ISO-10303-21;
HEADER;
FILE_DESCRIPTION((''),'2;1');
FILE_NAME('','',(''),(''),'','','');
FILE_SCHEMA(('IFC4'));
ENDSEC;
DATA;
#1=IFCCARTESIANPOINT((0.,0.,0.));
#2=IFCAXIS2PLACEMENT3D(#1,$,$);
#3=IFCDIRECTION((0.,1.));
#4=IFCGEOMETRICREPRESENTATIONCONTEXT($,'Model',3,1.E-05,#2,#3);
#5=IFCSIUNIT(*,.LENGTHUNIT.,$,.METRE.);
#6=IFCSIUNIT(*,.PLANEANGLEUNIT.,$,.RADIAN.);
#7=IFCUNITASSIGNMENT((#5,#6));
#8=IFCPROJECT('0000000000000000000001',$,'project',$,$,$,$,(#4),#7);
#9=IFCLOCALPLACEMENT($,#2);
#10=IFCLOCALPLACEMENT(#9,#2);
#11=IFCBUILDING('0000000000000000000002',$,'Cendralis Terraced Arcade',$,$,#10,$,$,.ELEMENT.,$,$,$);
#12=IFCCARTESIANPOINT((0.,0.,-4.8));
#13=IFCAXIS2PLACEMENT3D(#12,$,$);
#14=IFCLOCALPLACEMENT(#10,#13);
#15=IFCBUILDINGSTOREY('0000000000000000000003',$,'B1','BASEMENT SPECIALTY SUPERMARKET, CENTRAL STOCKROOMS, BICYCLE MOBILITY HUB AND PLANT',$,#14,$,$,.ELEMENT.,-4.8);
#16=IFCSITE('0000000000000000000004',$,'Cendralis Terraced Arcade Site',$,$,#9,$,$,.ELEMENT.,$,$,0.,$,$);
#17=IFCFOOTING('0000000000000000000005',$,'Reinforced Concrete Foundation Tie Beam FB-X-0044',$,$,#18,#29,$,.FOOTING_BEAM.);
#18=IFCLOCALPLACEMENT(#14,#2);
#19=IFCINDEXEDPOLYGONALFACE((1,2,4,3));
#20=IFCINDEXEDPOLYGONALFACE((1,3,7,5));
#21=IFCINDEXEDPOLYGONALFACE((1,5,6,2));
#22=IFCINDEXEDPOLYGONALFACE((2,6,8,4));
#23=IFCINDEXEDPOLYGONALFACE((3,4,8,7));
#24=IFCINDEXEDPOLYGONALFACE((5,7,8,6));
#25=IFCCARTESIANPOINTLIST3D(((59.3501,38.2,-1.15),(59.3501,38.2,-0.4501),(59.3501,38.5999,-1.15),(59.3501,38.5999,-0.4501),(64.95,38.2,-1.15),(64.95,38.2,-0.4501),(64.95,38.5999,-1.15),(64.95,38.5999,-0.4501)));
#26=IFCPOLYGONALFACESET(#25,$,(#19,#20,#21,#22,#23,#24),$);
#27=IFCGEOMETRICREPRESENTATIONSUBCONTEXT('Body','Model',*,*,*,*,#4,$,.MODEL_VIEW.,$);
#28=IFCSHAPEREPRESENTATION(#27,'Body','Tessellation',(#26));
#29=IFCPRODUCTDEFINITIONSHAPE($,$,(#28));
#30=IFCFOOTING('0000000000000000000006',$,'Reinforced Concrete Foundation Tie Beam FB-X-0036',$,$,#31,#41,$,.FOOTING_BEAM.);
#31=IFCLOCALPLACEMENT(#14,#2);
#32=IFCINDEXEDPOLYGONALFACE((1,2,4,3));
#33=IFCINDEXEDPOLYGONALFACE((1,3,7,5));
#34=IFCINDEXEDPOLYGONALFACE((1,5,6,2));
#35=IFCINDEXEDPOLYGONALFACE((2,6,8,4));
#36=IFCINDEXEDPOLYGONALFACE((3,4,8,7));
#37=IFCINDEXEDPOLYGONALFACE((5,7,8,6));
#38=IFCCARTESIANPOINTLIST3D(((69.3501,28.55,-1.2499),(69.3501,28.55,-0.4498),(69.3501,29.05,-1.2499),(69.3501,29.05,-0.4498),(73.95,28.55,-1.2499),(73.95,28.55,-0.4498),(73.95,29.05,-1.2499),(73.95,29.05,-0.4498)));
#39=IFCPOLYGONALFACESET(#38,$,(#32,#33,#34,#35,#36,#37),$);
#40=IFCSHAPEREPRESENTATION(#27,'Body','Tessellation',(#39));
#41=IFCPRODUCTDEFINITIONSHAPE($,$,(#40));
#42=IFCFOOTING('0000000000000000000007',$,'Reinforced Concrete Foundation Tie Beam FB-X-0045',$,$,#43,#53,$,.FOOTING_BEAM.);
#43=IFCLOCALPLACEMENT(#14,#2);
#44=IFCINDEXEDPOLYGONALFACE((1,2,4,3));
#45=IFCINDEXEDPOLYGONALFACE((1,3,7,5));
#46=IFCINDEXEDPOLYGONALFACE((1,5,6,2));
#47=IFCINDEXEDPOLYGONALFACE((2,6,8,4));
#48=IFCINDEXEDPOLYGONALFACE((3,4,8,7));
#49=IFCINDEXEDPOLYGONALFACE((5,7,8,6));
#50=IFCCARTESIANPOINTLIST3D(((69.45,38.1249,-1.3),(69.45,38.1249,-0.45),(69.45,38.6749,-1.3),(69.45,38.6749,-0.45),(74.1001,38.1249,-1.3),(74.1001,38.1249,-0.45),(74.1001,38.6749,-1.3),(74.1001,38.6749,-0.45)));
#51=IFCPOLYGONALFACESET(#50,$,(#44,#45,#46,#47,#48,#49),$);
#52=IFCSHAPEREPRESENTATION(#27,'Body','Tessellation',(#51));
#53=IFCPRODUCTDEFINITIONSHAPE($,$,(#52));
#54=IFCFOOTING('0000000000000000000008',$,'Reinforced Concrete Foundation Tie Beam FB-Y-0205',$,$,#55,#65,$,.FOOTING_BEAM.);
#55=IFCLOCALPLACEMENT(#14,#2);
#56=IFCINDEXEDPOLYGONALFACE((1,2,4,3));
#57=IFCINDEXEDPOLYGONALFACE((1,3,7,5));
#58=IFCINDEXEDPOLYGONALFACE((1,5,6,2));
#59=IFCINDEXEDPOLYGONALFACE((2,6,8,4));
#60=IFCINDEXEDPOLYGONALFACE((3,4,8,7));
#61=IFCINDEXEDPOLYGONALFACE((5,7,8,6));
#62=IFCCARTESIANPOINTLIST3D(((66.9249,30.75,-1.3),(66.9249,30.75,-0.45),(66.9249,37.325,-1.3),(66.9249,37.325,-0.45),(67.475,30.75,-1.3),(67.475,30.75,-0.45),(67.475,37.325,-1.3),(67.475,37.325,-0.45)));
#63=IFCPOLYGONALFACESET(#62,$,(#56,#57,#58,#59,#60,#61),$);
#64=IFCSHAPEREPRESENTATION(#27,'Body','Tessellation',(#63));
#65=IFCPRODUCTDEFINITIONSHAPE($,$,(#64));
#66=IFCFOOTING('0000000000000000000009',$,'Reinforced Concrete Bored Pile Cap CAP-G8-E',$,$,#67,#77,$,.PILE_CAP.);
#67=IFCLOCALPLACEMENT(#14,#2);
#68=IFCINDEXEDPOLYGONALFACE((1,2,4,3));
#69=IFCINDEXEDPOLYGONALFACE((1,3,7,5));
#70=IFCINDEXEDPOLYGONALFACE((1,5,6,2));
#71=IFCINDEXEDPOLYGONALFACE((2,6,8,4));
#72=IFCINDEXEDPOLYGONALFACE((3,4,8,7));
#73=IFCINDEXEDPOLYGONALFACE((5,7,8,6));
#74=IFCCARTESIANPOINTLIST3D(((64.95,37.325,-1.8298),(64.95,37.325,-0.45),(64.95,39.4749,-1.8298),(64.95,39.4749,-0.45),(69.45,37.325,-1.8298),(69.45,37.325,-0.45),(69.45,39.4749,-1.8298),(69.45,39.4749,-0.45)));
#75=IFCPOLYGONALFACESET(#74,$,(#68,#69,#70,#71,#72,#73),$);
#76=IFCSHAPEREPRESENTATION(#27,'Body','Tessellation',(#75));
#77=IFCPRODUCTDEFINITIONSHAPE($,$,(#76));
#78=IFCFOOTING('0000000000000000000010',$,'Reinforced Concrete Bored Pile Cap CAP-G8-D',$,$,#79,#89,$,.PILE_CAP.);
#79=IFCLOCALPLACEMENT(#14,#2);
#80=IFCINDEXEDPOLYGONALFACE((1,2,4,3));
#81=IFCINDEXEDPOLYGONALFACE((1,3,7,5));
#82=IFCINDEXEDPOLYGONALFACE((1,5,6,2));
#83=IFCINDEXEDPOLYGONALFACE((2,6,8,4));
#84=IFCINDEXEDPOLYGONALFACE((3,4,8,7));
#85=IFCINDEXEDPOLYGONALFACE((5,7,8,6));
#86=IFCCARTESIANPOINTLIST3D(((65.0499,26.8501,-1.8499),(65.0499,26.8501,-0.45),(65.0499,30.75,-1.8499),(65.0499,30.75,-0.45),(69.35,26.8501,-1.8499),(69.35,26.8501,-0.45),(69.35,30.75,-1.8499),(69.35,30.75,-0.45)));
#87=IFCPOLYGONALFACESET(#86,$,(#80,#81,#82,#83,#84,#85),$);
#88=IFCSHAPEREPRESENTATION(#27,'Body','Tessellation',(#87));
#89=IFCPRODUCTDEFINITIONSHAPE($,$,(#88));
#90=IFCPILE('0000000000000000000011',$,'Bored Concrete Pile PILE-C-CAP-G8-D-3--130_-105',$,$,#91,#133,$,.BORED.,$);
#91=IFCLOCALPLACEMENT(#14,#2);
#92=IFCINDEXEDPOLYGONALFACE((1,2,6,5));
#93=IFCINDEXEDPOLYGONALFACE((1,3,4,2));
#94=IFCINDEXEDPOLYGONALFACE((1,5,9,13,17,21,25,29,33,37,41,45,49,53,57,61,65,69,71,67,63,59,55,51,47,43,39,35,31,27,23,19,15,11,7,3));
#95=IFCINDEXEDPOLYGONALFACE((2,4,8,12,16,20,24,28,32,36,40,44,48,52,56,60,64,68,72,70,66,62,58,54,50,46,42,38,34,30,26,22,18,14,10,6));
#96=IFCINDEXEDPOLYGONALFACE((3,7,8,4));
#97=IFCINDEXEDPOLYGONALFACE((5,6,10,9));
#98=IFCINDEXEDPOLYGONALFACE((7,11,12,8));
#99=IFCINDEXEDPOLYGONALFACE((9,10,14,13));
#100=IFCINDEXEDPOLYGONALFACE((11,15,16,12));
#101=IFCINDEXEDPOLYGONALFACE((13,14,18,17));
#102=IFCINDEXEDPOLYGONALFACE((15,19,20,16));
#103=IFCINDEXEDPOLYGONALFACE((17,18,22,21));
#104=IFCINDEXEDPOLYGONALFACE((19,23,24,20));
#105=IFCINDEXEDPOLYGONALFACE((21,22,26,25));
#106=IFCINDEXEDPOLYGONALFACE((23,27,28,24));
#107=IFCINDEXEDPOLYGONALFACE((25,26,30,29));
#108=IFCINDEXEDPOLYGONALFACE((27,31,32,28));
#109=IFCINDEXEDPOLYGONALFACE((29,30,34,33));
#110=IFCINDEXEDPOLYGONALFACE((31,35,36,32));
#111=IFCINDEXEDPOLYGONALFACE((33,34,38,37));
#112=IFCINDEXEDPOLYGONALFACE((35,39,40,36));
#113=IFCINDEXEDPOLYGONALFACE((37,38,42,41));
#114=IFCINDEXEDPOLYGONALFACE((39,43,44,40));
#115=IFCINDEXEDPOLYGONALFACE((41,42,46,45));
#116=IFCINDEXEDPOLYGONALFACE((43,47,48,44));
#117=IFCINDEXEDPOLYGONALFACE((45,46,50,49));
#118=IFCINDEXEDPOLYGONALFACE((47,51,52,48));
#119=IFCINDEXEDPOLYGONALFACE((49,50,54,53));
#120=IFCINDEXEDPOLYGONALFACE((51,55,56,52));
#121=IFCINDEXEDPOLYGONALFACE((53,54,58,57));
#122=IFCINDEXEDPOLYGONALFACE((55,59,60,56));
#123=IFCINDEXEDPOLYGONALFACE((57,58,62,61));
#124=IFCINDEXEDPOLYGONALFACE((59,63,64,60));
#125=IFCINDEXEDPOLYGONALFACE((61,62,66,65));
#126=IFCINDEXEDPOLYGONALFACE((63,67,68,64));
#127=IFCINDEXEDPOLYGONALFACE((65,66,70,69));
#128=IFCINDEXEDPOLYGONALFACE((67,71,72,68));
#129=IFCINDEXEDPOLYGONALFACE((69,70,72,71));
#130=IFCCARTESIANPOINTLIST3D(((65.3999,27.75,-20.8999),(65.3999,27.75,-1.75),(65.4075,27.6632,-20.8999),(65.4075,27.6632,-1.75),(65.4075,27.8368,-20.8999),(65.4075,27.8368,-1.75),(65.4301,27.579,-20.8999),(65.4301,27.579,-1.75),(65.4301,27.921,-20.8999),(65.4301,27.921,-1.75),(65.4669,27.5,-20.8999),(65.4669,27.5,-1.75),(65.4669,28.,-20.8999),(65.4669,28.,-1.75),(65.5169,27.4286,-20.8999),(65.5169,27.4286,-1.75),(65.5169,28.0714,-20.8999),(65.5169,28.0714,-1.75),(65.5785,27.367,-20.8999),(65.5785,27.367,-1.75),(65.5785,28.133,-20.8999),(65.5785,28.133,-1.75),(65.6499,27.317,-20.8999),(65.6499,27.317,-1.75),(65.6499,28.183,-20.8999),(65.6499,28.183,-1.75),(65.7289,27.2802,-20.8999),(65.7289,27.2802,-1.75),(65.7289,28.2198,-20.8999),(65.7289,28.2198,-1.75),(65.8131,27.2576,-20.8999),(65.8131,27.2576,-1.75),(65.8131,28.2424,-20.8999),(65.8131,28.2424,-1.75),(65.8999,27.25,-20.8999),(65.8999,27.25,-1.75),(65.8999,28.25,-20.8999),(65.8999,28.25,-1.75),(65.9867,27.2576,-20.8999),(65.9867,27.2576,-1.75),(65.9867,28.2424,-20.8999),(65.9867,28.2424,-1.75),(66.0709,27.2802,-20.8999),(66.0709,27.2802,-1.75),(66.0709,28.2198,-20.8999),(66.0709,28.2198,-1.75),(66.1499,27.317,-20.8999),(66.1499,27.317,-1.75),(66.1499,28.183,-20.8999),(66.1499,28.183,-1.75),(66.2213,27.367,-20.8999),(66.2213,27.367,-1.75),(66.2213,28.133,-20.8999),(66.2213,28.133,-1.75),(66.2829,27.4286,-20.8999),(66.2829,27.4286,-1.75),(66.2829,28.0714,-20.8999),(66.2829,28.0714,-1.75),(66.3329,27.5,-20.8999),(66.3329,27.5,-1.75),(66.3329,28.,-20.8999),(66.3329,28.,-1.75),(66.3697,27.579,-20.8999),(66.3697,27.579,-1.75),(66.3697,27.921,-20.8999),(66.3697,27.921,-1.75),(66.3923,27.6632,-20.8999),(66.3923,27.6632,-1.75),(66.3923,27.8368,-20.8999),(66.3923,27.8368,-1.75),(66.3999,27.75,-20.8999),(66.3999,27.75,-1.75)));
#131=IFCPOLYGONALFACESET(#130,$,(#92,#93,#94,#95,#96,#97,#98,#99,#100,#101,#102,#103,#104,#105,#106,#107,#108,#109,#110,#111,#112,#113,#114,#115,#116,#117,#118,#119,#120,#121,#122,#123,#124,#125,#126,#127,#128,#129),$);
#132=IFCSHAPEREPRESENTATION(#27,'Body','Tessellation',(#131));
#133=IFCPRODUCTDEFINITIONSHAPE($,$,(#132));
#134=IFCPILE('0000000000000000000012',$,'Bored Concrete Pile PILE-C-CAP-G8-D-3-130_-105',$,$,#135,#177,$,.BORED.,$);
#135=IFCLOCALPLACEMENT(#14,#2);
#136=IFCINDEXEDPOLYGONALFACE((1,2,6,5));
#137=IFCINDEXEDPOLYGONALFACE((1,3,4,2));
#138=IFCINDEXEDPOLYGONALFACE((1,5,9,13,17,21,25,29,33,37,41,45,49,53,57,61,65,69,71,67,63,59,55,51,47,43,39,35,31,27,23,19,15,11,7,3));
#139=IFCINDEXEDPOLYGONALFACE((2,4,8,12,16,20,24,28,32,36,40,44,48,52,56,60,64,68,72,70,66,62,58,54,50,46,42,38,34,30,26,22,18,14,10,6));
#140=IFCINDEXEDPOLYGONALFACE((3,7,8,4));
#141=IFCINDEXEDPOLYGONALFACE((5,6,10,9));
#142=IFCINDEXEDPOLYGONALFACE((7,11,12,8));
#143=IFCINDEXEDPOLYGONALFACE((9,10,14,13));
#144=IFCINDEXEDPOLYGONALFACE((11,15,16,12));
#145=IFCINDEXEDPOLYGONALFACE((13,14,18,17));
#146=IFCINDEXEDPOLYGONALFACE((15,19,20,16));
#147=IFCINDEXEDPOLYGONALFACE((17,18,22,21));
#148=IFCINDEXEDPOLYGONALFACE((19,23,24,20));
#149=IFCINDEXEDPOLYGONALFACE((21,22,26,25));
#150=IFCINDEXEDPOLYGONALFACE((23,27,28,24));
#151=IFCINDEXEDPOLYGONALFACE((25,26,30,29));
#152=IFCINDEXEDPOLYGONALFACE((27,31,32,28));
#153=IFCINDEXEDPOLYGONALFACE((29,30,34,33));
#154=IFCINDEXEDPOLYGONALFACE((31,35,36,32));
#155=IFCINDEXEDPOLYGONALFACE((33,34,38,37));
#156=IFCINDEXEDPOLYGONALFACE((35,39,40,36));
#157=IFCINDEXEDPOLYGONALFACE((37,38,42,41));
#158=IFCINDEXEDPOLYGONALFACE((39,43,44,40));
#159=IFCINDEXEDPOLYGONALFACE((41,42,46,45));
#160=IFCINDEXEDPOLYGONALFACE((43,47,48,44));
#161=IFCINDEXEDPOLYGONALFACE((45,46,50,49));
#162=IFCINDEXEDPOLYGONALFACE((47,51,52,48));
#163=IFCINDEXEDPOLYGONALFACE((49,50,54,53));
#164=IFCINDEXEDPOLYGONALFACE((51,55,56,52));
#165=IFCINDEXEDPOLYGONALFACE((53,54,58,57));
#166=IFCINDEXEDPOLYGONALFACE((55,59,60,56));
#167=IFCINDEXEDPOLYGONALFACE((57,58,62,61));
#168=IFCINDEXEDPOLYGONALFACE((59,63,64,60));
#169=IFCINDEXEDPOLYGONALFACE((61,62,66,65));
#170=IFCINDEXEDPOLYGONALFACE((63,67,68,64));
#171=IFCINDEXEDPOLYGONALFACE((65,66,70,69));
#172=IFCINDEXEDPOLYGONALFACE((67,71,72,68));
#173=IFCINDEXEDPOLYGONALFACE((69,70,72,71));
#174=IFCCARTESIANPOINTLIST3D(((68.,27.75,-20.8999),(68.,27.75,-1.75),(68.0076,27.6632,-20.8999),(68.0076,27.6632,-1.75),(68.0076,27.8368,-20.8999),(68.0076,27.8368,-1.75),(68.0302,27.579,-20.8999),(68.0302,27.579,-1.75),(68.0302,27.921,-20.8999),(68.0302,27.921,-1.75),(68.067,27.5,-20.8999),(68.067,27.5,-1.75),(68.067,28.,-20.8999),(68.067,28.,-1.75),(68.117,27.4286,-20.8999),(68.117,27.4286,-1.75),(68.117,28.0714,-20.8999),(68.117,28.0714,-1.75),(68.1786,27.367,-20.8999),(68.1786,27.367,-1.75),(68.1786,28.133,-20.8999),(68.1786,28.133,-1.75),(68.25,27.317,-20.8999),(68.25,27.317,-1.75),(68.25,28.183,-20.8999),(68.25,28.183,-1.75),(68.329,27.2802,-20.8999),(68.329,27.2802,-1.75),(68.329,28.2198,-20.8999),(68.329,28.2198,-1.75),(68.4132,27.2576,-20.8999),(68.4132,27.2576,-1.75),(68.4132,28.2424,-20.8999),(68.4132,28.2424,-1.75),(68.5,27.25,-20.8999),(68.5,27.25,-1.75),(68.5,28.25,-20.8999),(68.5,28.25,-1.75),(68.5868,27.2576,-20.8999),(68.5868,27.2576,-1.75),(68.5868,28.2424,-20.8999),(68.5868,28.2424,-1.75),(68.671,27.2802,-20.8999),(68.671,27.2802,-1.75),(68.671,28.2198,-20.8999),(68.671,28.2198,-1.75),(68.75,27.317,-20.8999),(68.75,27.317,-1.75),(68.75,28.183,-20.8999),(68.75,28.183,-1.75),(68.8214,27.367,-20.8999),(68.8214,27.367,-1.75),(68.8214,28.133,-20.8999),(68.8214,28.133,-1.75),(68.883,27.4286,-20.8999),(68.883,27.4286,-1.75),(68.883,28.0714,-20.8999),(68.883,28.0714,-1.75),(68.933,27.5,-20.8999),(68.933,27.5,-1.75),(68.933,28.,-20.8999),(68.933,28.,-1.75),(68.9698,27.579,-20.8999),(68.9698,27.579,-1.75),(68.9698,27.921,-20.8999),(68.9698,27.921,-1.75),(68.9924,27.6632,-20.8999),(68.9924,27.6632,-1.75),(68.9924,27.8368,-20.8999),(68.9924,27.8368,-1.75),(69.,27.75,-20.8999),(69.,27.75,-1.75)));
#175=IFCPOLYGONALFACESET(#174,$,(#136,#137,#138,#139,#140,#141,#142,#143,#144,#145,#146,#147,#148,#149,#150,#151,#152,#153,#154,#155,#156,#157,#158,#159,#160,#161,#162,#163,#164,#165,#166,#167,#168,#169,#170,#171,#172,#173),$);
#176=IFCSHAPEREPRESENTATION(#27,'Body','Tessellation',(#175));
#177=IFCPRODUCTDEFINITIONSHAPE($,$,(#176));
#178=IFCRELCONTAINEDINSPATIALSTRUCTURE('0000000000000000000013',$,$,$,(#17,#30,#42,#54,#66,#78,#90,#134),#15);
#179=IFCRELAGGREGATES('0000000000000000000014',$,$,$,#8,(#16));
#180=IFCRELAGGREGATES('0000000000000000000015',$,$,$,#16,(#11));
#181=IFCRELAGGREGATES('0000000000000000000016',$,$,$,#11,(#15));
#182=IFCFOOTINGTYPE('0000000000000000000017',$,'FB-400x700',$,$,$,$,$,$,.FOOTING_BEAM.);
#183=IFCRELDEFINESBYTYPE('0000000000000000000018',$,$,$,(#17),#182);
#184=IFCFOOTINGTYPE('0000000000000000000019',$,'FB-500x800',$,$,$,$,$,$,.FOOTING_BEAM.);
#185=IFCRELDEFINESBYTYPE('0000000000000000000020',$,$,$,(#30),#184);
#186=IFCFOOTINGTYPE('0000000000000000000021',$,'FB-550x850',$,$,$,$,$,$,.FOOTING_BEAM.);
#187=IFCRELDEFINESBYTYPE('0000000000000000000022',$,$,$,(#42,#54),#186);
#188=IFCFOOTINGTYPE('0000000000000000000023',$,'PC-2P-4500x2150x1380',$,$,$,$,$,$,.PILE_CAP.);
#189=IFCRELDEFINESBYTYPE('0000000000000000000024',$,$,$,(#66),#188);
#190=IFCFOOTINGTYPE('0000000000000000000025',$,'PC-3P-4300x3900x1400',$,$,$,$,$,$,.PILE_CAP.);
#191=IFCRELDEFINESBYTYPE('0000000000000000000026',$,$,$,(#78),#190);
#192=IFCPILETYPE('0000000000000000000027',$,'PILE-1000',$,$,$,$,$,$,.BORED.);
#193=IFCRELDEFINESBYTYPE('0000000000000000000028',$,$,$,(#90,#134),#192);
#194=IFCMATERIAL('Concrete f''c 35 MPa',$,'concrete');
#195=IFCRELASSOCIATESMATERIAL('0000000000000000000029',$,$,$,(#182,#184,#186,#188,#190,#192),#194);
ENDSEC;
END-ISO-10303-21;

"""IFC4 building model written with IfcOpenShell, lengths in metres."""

from ifc_helpers import new_model, si_unit, direction, frame, origin, origin_2d, place, context, subcontext, project, spatial, rectangle, circle, extrude, material, material_profile, profile_set, type_object, element, save


model = new_model("IFC4")

# Units and contexts
model_context = context("Model", 3, precision=1e-05, world=origin(), true_north=direction((0.0, 1.0)))
body_context = subcontext(model_context, "Body", "Model", "MODEL_VIEW")
ifc_project = project(units=[si_unit("LENGTHUNIT", "METRE"), si_unit("PLANEANGLEUNIT", "RADIAN")], contexts=[model_context])

# Site, building, storey
site_placement = place(None, origin())
site = spatial("IfcSite", under=ifc_project, at=site_placement, Name="Cendralis Terraced Arcade Site", CompositionType="ELEMENT", RefElevation=0.0)
building_placement = place(site_placement, origin())
building = spatial("IfcBuilding", under=site, at=building_placement, Name="Cendralis Terraced Arcade", CompositionType="ELEMENT")
storey_placement = place(building_placement, frame((0.0, 0.0, -4.8)))
storey = spatial("IfcBuildingStorey", under=building, at=storey_placement, Name="B1", Description="BASEMENT SPECIALTY SUPERMARKET, CENTRAL STOCKROOMS, BICYCLE MOBILITY HUB AND PLANT", CompositionType="ELEMENT", Elevation=-4.8)

# Footings
ifc_material_1 = material(Name="Concrete f'c 35 MPa", Category="concrete")
ifc_material_profile_1 = material_profile(ifc_material_1, rectangle(XDim=0.3999, YDim=0.7, at=origin_2d()), Name="FB-400x700", Category="LoadBearing")
ifc_profile_set_1 = profile_set([ifc_material_profile_1], Name="Concrete f'c 35 MPa")
footing_type_1 = type_object("IfcFootingType", Name="FB-400x700", PredefinedType="FOOTING_BEAM", material=ifc_profile_set_1)
footing_1_placement = place(storey_placement, frame((59.3501, 38.3999, -0.8), z_axis=(1.0, 0.0, 0.0), x_axis=(0.0, 1.0, 0.0)))
element("IfcFooting", 1, at=footing_1_placement, inside=storey, type_object=footing_type_1, Name="Reinforced Concrete Foundation Tie Beam FB-X-0044", PredefinedType="FOOTING_BEAM", context=body_context, shape_type="SweptSolid", body=[
    extrude(rectangle(XDim=0.3999, YDim=0.7, at=origin_2d()), origin(), (0.0, 0.0, 1.0), 5.5999),
])
ifc_material_profile_2 = material_profile(ifc_material_1, rectangle(XDim=0.5, YDim=0.8, at=origin_2d()), Name="FB-500x800", Category="LoadBearing")
ifc_profile_set_2 = profile_set([ifc_material_profile_2], Name="Concrete f'c 35 MPa")
footing_type_2 = type_object("IfcFootingType", Name="FB-500x800", PredefinedType="FOOTING_BEAM", material=ifc_profile_set_2)
footing_2_placement = place(storey_placement, frame((69.3501, 28.8, -0.8499), z_axis=(1.0, 0.0, 0.0), x_axis=(0.0, 1.0, 0.0)))
element("IfcFooting", 2, at=footing_2_placement, inside=storey, type_object=footing_type_2, Name="Reinforced Concrete Foundation Tie Beam FB-X-0036", PredefinedType="FOOTING_BEAM", context=body_context, shape_type="SweptSolid", body=[
    extrude(rectangle(XDim=0.5, YDim=0.8, at=origin_2d()), origin(), (0.0, 0.0, 1.0), 4.5999),
])
ifc_material_profile_3 = material_profile(ifc_material_1, rectangle(XDim=0.55, YDim=0.8501, at=origin_2d()), Name="FB-550x850", Category="LoadBearing")
ifc_profile_set_3 = profile_set([ifc_material_profile_3], Name="Concrete f'c 35 MPa")
footing_type_3 = type_object("IfcFootingType", Name="FB-550x850", PredefinedType="FOOTING_BEAM", material=ifc_profile_set_3)
footing_3_placement = place(storey_placement, frame((69.45, 38.3999, -0.875), z_axis=(1.0, 0.0, 0.0), x_axis=(0.0, 1.0, 0.0)))
element("IfcFooting", 3, at=footing_3_placement, inside=storey, type_object=footing_type_3, Name="Reinforced Concrete Foundation Tie Beam FB-X-0045", PredefinedType="FOOTING_BEAM", context=body_context, shape_type="SweptSolid", body=[
    extrude(rectangle(XDim=0.55, YDim=0.8501, at=origin_2d()), origin(), (0.0, 0.0, 1.0), 4.6501),
])
footing_4_placement = place(storey_placement, frame((67.2, 30.75, -0.875), z_axis=(0.0, 1.0, 0.0), x_axis=(-1.0, 0.0, 0.0)))
element("IfcFooting", 4, at=footing_4_placement, inside=storey, type_object=footing_type_3, Name="Reinforced Concrete Foundation Tie Beam FB-Y-0205", PredefinedType="FOOTING_BEAM", context=body_context, shape_type="SweptSolid", body=[
    extrude(rectangle(XDim=0.55, YDim=0.8501, at=origin_2d()), origin(), (0.0, 0.0, 1.0), 6.575),
])
footing_type_4 = type_object("IfcFootingType", Name="PC-2P-4500x2150x1380", PredefinedType="PILE_CAP", material=ifc_material_1)
footing_5_placement = place(storey_placement, frame((67.2, 38.3999, -1.8298), z_axis=(0.0, 0.0, 1.0), x_axis=(1.0, 0.0, 0.0)))
element("IfcFooting", 5, at=footing_5_placement, inside=storey, type_object=footing_type_4, Name="Reinforced Concrete Bored Pile Cap CAP-G8-E", PredefinedType="PILE_CAP", context=body_context, shape_type="SweptSolid", body=[
    extrude(rectangle(XDim=4.5, YDim=2.1499, at=origin_2d()), origin(), (0.0, 0.0, 1.0), 1.3799),
])
footing_type_5 = type_object("IfcFootingType", Name="PC-3P-4300x3900x1400", PredefinedType="PILE_CAP", material=ifc_material_1)
footing_6_placement = place(storey_placement, frame((67.2, 28.8, -1.8499), z_axis=(0.0, 0.0, 1.0), x_axis=(1.0, 0.0, 0.0)))
element("IfcFooting", 6, at=footing_6_placement, inside=storey, type_object=footing_type_5, Name="Reinforced Concrete Bored Pile Cap CAP-G8-D", PredefinedType="PILE_CAP", context=body_context, shape_type="SweptSolid", body=[
    extrude(rectangle(XDim=4.3, YDim=3.8999, at=origin_2d()), origin(), (0.0, 0.0, 1.0), 1.3999),
])

# Piles
ifc_material_profile_4 = material_profile(ifc_material_1, circle(Radius=0.5, at=origin_2d()), Name="PILE-D1000", Category="LoadBearing")
ifc_profile_set_4 = profile_set([ifc_material_profile_4], Name="Concrete f'c 35 MPa")
pile_type = type_object("IfcPileType", Name="PILE-1000", PredefinedType="BORED", material=ifc_profile_set_4)
for number, where, z_axis, x_axis, name in (
    (7, (65.8999, 27.75, -1.75), (0.0, 0.0, -1.0), (1.0, 0.0, 0.0), "Bored Concrete Pile PILE-C-CAP-G8-D-3--130_-105"),
    (8, (68.5, 27.75, -1.75), (0.0, 0.0, -1.0), (1.0, 0.0, 0.0), "Bored Concrete Pile PILE-C-CAP-G8-D-3-130_-105"),
):
    element("IfcPile", number, at=place(storey_placement, frame(where, z_axis=z_axis, x_axis=x_axis)), inside=storey, type_object=pile_type, Name=name, PredefinedType="BORED", context=body_context, shape_type="SweptSolid", body=[
        extrude(circle(Radius=0.5, at=origin_2d()), origin(), (0.0, 0.0, 1.0), 19.1499),
    ])

save(model, "model.ifc")
